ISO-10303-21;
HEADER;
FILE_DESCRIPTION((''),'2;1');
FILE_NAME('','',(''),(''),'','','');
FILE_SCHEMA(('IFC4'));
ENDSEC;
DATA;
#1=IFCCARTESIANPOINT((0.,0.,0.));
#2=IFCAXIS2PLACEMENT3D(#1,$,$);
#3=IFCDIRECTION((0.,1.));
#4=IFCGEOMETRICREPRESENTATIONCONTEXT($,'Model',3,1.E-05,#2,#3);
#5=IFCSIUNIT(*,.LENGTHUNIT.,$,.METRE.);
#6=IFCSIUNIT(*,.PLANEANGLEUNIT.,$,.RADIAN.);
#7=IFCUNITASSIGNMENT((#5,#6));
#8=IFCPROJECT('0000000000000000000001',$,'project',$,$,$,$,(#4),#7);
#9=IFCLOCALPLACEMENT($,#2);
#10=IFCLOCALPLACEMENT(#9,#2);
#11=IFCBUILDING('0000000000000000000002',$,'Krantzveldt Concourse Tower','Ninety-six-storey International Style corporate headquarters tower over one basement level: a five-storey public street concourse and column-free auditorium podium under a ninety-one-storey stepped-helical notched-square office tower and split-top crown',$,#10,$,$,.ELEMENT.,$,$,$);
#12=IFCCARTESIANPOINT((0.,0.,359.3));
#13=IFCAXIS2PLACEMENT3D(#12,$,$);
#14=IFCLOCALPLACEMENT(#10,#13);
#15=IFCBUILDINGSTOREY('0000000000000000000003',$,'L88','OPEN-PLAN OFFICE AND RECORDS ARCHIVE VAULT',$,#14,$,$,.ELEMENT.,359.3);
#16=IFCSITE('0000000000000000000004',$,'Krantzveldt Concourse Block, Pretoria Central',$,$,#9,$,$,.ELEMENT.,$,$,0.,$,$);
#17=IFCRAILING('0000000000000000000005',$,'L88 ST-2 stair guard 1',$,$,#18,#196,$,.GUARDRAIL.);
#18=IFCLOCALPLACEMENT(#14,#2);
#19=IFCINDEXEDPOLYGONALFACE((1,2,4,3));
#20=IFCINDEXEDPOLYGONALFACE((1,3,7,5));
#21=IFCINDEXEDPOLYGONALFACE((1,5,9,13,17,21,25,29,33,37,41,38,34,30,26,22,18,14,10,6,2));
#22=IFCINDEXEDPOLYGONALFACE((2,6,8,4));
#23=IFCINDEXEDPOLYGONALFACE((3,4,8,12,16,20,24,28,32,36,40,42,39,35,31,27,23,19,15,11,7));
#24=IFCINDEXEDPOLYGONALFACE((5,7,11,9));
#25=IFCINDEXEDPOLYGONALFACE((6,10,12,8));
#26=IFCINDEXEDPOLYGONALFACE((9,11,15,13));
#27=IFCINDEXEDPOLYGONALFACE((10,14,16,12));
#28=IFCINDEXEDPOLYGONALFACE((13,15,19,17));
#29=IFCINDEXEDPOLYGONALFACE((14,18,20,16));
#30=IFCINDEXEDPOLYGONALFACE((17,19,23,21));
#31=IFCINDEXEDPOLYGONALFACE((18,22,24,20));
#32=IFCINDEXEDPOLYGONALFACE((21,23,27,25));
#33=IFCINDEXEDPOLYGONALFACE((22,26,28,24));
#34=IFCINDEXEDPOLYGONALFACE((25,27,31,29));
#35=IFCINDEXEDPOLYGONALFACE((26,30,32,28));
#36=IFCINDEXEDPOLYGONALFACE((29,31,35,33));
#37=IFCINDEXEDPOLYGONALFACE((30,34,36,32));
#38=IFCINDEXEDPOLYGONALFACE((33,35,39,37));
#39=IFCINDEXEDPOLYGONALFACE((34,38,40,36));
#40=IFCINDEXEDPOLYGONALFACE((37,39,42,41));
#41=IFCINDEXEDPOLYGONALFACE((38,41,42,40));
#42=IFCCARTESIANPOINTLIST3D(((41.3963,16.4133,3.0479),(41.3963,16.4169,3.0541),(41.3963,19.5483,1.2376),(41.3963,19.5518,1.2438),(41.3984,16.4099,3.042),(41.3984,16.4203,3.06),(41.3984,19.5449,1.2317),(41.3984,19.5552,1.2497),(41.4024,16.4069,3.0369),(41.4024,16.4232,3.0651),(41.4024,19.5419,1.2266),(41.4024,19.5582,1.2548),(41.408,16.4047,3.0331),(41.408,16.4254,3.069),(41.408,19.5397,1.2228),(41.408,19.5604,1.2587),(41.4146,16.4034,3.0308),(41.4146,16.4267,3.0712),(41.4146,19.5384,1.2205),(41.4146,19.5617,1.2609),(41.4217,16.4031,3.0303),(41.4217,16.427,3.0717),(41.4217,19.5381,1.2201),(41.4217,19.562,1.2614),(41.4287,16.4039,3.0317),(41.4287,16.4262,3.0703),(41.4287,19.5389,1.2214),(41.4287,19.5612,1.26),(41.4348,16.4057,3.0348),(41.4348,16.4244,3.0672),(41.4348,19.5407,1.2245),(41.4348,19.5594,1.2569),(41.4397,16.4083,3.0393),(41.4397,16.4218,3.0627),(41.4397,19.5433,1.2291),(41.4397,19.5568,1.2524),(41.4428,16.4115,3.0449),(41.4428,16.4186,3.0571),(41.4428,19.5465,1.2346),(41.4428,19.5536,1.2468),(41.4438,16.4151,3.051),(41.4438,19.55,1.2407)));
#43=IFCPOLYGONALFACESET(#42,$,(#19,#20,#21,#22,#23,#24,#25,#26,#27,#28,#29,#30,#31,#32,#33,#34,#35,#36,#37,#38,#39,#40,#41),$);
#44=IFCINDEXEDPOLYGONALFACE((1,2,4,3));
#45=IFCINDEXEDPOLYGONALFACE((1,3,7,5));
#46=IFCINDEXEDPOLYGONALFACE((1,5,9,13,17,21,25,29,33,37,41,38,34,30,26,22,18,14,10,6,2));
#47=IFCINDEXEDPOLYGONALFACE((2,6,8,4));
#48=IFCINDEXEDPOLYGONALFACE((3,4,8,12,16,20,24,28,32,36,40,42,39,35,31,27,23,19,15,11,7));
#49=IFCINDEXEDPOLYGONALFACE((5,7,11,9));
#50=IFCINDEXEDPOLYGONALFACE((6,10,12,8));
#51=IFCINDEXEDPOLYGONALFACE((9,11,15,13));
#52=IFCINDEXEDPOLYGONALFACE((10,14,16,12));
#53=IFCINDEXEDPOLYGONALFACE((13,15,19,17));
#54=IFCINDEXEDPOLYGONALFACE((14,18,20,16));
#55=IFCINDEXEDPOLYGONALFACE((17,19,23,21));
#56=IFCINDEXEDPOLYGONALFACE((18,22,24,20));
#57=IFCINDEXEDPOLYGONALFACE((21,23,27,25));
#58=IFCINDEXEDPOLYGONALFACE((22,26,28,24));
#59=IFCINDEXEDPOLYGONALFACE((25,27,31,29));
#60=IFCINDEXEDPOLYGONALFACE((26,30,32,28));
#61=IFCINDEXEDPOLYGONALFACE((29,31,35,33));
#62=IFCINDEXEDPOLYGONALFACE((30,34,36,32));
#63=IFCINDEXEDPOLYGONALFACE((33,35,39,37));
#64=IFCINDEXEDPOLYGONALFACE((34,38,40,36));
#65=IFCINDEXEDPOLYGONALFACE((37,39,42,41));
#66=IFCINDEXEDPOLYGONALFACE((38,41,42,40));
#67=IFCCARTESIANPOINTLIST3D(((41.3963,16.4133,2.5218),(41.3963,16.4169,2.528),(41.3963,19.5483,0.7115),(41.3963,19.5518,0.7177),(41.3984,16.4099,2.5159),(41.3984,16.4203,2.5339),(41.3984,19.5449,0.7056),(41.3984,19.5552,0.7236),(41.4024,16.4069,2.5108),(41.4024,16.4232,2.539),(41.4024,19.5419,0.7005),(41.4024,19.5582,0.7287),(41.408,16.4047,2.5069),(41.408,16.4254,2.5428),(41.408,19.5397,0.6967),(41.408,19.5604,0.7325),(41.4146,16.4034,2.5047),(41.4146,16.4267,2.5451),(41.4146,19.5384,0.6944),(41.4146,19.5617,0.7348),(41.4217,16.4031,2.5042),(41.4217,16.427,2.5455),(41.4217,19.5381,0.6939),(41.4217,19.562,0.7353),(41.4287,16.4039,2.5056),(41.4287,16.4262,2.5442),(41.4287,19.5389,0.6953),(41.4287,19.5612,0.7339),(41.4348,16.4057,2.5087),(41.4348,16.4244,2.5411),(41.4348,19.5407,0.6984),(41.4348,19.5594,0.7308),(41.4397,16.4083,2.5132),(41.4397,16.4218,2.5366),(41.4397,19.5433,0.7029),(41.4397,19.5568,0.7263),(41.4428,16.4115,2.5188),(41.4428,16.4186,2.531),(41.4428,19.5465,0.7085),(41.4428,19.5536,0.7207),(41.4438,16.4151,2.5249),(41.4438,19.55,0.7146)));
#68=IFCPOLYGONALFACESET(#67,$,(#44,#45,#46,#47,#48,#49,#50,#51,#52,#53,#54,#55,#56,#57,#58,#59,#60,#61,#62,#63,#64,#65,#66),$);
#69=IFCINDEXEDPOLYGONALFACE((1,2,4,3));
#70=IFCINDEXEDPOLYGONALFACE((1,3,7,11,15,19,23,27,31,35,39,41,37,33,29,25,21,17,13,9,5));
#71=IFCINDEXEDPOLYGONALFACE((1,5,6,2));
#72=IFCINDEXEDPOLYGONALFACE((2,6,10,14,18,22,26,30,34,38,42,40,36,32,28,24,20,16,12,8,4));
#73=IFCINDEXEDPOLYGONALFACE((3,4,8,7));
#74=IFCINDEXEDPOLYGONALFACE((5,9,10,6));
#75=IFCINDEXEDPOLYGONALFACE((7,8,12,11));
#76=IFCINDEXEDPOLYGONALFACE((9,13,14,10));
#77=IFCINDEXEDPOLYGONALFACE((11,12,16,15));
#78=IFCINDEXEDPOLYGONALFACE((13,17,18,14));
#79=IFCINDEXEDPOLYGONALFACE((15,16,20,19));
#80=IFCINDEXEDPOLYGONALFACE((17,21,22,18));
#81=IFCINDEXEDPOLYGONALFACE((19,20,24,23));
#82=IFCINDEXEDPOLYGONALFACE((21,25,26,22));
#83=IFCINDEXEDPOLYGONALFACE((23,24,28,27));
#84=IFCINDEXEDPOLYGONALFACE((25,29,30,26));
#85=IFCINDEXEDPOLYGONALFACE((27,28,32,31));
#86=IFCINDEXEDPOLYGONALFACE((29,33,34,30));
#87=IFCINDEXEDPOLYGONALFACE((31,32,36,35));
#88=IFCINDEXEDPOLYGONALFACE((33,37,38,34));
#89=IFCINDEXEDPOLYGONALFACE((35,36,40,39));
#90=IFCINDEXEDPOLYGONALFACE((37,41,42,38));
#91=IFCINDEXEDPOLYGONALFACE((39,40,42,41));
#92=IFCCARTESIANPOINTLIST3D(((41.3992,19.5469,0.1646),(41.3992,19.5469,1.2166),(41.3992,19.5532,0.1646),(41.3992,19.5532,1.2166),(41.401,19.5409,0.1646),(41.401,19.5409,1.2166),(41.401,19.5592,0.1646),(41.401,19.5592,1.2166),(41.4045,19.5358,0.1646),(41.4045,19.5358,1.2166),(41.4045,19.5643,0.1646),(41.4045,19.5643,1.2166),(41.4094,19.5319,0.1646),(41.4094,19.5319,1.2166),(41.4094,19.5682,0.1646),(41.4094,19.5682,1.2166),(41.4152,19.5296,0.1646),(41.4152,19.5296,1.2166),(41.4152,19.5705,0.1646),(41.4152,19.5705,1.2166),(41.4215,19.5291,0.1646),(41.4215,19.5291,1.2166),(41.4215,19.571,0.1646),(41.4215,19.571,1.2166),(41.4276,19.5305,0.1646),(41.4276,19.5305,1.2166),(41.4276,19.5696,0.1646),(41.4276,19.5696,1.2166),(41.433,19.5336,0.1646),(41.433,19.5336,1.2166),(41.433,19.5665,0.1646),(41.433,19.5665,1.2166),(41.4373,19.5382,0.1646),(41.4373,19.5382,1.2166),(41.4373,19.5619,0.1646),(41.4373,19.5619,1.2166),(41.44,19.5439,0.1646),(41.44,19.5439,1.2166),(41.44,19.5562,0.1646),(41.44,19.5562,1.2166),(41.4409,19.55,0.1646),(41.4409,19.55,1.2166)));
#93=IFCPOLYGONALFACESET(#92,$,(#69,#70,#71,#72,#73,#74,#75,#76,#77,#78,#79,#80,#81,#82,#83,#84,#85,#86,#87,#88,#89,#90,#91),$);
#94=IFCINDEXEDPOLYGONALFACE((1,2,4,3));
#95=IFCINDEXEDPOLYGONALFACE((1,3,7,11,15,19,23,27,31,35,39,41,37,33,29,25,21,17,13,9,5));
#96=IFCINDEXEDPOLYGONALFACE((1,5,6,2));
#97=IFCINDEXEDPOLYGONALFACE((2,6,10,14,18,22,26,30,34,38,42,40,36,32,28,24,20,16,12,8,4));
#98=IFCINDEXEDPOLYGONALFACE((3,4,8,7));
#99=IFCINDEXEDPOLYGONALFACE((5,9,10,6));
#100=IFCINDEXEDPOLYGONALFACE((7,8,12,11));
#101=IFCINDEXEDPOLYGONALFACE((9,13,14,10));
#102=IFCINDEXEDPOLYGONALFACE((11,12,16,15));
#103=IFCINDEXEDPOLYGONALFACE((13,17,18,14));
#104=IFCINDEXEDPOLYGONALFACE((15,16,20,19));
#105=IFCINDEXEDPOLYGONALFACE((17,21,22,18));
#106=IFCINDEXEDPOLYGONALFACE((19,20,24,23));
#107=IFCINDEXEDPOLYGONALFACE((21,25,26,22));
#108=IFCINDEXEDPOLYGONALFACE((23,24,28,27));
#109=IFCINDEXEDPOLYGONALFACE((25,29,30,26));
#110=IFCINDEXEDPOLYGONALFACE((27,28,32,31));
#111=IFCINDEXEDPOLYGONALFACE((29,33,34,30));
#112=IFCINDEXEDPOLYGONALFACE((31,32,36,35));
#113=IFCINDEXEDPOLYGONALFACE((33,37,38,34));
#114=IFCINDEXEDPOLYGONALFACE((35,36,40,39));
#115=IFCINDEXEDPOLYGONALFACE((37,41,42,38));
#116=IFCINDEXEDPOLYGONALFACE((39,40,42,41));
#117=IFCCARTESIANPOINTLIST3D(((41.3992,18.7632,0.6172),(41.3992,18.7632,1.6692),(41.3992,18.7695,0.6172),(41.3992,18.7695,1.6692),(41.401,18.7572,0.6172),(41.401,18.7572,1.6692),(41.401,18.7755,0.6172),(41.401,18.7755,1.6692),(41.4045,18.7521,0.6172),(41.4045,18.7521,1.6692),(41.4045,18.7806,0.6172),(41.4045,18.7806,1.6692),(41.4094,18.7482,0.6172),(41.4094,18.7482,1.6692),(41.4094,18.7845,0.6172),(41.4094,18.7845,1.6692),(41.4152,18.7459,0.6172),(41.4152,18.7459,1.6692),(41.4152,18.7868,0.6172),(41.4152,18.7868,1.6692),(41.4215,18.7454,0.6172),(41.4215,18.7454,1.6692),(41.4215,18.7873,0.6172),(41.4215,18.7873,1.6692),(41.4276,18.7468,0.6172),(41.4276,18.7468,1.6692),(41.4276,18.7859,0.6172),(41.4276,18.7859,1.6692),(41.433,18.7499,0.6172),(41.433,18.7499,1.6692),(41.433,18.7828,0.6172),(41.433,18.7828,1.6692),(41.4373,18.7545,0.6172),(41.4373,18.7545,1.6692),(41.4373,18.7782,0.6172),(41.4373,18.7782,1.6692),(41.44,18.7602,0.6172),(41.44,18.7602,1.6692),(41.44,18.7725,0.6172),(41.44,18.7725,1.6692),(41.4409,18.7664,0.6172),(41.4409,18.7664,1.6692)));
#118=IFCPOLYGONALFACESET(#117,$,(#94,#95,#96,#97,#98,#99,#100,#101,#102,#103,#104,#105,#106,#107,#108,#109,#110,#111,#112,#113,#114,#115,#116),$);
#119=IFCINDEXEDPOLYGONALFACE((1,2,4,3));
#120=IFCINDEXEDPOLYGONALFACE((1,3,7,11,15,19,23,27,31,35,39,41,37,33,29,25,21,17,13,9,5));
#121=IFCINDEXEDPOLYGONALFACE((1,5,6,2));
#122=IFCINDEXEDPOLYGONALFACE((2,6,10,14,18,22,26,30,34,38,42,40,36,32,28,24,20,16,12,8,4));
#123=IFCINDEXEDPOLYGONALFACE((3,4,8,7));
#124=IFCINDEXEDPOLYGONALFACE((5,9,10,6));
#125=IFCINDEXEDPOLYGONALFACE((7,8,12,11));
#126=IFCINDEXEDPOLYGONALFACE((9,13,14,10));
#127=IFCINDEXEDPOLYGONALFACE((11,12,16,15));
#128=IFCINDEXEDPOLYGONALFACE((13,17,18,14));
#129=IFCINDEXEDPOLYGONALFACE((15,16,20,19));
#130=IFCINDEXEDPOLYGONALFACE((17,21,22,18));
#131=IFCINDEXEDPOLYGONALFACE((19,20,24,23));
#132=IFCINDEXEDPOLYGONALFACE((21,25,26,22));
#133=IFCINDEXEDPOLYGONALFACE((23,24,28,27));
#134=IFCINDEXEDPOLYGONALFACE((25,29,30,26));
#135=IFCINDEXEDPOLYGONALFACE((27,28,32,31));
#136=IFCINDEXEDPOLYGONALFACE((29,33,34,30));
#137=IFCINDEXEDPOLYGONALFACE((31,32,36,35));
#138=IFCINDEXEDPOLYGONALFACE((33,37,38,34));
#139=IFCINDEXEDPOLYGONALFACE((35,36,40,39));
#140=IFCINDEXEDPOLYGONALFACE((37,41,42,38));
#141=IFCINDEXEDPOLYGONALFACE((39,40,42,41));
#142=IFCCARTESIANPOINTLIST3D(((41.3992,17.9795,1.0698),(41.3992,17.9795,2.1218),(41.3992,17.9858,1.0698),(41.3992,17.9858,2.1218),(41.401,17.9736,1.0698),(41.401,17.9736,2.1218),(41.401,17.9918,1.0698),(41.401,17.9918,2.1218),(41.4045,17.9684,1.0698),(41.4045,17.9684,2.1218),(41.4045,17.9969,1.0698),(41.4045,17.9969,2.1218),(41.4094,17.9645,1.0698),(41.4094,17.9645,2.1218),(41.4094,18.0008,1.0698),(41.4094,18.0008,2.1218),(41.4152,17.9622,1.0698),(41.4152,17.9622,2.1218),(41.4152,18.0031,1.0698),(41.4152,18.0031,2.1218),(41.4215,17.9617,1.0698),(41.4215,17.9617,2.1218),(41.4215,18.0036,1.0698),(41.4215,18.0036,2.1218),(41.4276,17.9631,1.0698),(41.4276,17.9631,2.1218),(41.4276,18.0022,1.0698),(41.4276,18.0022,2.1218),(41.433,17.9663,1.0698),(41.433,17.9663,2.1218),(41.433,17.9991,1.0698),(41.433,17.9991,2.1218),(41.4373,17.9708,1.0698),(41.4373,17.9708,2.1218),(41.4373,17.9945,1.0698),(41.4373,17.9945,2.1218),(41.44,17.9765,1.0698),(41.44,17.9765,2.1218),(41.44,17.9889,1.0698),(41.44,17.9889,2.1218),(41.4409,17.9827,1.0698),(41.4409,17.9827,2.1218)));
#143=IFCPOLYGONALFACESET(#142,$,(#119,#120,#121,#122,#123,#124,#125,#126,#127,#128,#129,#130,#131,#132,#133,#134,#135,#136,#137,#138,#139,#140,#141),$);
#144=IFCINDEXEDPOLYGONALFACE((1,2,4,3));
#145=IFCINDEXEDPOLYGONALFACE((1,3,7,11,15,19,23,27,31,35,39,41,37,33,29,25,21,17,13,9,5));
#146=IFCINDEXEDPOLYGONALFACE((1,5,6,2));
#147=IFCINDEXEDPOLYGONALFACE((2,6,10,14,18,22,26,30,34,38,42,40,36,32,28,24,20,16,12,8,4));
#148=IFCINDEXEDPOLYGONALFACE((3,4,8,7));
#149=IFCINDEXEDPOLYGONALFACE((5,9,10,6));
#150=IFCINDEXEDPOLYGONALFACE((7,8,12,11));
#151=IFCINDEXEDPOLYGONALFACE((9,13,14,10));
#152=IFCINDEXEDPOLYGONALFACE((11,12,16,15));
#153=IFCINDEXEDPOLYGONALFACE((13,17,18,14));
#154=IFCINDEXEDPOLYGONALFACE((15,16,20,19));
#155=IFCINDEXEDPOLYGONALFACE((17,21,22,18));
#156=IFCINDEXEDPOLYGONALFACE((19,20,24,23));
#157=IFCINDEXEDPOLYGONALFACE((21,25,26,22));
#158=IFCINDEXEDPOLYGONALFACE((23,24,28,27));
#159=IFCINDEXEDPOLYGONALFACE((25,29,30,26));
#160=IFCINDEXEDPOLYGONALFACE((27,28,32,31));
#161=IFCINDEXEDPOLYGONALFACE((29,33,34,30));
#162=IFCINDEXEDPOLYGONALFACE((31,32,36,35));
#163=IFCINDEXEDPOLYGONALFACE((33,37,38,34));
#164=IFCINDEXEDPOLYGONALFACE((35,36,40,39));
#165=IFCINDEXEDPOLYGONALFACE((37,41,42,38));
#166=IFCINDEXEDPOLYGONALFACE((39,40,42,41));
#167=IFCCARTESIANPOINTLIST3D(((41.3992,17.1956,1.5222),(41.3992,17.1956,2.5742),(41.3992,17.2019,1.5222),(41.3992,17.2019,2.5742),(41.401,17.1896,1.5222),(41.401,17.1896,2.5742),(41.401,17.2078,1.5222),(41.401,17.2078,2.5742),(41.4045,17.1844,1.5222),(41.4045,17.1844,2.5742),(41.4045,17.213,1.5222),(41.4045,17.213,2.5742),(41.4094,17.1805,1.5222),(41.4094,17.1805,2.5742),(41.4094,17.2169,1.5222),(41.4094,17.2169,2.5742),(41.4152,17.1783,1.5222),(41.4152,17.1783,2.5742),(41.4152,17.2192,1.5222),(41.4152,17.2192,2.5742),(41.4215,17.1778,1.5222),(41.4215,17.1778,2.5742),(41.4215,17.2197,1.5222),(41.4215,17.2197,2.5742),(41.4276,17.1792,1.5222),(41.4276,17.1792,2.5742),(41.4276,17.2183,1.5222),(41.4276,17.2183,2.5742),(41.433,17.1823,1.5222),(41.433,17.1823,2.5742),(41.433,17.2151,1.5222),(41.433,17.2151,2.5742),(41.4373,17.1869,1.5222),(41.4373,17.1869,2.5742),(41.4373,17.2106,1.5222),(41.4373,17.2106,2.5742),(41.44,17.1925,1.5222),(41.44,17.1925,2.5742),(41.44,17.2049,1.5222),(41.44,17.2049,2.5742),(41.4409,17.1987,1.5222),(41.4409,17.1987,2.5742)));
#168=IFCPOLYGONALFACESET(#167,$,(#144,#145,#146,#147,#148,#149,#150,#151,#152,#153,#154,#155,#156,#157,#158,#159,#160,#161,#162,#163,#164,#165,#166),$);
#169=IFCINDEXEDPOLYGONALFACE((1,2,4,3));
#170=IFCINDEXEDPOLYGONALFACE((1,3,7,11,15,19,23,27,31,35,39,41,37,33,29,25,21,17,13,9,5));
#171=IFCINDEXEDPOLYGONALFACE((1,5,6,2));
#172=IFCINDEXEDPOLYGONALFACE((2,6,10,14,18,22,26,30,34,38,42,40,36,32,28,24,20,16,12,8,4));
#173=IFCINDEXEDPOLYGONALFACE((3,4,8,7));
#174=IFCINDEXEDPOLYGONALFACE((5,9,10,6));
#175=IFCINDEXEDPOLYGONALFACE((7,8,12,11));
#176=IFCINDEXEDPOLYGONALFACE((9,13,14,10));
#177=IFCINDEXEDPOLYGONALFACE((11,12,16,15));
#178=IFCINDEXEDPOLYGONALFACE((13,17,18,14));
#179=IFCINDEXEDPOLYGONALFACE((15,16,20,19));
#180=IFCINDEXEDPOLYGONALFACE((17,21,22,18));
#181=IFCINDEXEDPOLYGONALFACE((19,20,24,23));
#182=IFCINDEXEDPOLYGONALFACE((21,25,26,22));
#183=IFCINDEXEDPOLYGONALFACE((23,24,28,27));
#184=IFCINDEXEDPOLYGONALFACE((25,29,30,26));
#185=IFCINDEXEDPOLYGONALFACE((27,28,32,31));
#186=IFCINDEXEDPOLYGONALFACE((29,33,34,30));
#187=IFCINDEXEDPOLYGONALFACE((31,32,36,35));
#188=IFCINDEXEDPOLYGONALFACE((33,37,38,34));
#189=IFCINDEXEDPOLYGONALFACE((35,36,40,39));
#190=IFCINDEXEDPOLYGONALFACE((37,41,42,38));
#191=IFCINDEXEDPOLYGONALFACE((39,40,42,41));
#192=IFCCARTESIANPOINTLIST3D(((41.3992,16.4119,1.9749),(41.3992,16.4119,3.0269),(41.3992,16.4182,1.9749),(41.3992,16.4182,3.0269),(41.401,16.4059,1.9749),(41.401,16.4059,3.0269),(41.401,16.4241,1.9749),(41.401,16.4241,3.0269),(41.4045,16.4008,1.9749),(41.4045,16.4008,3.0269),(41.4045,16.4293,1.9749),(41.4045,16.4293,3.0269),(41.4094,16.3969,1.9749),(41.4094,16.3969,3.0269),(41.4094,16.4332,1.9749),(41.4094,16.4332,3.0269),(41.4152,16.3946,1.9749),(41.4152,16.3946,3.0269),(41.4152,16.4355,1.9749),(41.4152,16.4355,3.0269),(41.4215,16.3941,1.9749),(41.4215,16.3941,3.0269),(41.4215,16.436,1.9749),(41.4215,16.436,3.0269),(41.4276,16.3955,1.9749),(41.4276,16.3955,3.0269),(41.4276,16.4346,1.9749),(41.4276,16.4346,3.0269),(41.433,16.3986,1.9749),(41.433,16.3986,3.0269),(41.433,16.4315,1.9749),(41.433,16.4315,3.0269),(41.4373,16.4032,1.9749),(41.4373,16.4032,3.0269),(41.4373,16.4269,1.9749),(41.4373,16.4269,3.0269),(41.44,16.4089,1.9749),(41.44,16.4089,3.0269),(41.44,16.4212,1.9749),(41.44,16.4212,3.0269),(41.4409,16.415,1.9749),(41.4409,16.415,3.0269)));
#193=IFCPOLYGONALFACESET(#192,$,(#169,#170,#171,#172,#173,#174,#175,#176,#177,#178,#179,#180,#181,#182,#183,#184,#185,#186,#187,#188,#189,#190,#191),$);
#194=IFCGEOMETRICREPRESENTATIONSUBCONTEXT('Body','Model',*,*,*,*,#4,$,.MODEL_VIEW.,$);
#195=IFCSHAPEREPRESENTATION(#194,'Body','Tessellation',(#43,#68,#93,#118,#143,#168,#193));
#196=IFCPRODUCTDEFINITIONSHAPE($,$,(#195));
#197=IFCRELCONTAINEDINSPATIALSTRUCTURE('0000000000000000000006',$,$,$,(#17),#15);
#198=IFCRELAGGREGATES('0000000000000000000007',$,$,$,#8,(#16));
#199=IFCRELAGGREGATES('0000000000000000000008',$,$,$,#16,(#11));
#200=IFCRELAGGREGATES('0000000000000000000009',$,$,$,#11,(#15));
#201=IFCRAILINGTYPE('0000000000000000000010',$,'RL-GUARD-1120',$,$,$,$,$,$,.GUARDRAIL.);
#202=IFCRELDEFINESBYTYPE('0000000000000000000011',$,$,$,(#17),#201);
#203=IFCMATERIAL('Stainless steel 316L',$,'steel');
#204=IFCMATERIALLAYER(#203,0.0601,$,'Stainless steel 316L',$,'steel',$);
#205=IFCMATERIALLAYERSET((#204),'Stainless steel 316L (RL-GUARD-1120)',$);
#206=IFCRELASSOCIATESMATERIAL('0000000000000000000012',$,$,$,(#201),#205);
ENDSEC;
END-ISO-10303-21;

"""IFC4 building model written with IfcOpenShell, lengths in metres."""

from ifc_helpers import new_model, si_unit, direction, frame, origin, origin_2d, place, context, subcontext, project, spatial, circle, extrude, material, layer, layer_set, type_object, element, save


model = new_model("IFC4")

# Units and contexts
model_context = context("Model", 3, precision=1e-05, world=origin(), true_north=direction((0.0, 1.0)))
body_context = subcontext(model_context, "Body", "Model", "MODEL_VIEW")
ifc_project = project(units=[si_unit("LENGTHUNIT", "METRE"), si_unit("PLANEANGLEUNIT", "RADIAN")], contexts=[model_context])

# Site, building, storey
site_placement = place(None, origin())
site = spatial("IfcSite", under=ifc_project, at=site_placement, Name="Krantzveldt Concourse Block, Pretoria Central", CompositionType="ELEMENT", RefElevation=0.0)
building_placement = place(site_placement, origin())
building = spatial("IfcBuilding", under=site, at=building_placement, Name="Krantzveldt Concourse Tower", Description="Ninety-six-storey International Style corporate headquarters tower over one basement level: a five-storey public street concourse and column-free auditorium podium under a ninety-one-storey stepped-helical notched-square office tower and split-top crown", CompositionType="ELEMENT")
storey_placement = place(building_placement, frame((0.0, 0.0, 359.3)))
storey = spatial("IfcBuildingStorey", under=building, at=storey_placement, Name="L88", Description="OPEN-PLAN OFFICE AND RECORDS ARCHIVE VAULT", CompositionType="ELEMENT", Elevation=359.3)

# Shared definitions
ifc_material_1 = material(Name="Stainless steel 316L", Category="steel")

# Railing
ifc_layer_1 = layer(ifc_material_1, 0.0601, Name="Stainless steel 316L", Category="steel")
ifc_layer_set_1 = layer_set([ifc_layer_1], Name="Stainless steel 316L (RL-GUARD-1120)")
railing_type_1 = type_object("IfcRailingType", Name="RL-GUARD-1120", PredefinedType="GUARDRAIL", material=ifc_layer_set_1)
railing_1_placement = place(storey_placement, frame((41.4199, 19.55, 0.1646)))
element("IfcRailing", 1, at=railing_1_placement, inside=storey, type_object=railing_type_1, Name="L88 ST-2 stair guard 1", PredefinedType="GUARDRAIL", context=body_context, shape_type="SweptSolid", body=[
    extrude(circle(Radius=0.0239, at=origin_2d()), frame((0.0, 0.0, 1.0762), z_axis=(0.0, -0.865989, 0.500063), x_axis=(1.0, 0.0, 0.0)), (0.0, 0.0, 1.0), 3.6201),
    extrude(circle(Radius=0.0239, at=origin_2d()), frame((0.0, 0.0, 0.55), z_axis=(0.0, -0.865989, 0.500063), x_axis=(1.0, 0.0, 0.0)), (0.0, 0.0, 1.0), 3.6201),
    extrude(circle(Radius=0.021, at=origin_2d()), origin(), (0.0, 0.0, 1.0), 1.052),
    extrude(circle(Radius=0.021, at=origin_2d()), frame((0.0, -0.7837, 0.4526)), (0.0, 0.0, 1.0), 1.052),
    extrude(circle(Radius=0.021, at=origin_2d()), frame((0.0, -1.5674, 0.9053)), (0.0, 0.0, 1.0), 1.052),
    extrude(circle(Radius=0.021, at=origin_2d()), frame((0.0, -2.3513, 1.3577)), (0.0, 0.0, 1.0), 1.052),
    extrude(circle(Radius=0.021, at=origin_2d()), frame((0.0, -3.135, 1.8103)), (0.0, 0.0, 1.0), 1.052),
])

save(model, "model.ifc")
